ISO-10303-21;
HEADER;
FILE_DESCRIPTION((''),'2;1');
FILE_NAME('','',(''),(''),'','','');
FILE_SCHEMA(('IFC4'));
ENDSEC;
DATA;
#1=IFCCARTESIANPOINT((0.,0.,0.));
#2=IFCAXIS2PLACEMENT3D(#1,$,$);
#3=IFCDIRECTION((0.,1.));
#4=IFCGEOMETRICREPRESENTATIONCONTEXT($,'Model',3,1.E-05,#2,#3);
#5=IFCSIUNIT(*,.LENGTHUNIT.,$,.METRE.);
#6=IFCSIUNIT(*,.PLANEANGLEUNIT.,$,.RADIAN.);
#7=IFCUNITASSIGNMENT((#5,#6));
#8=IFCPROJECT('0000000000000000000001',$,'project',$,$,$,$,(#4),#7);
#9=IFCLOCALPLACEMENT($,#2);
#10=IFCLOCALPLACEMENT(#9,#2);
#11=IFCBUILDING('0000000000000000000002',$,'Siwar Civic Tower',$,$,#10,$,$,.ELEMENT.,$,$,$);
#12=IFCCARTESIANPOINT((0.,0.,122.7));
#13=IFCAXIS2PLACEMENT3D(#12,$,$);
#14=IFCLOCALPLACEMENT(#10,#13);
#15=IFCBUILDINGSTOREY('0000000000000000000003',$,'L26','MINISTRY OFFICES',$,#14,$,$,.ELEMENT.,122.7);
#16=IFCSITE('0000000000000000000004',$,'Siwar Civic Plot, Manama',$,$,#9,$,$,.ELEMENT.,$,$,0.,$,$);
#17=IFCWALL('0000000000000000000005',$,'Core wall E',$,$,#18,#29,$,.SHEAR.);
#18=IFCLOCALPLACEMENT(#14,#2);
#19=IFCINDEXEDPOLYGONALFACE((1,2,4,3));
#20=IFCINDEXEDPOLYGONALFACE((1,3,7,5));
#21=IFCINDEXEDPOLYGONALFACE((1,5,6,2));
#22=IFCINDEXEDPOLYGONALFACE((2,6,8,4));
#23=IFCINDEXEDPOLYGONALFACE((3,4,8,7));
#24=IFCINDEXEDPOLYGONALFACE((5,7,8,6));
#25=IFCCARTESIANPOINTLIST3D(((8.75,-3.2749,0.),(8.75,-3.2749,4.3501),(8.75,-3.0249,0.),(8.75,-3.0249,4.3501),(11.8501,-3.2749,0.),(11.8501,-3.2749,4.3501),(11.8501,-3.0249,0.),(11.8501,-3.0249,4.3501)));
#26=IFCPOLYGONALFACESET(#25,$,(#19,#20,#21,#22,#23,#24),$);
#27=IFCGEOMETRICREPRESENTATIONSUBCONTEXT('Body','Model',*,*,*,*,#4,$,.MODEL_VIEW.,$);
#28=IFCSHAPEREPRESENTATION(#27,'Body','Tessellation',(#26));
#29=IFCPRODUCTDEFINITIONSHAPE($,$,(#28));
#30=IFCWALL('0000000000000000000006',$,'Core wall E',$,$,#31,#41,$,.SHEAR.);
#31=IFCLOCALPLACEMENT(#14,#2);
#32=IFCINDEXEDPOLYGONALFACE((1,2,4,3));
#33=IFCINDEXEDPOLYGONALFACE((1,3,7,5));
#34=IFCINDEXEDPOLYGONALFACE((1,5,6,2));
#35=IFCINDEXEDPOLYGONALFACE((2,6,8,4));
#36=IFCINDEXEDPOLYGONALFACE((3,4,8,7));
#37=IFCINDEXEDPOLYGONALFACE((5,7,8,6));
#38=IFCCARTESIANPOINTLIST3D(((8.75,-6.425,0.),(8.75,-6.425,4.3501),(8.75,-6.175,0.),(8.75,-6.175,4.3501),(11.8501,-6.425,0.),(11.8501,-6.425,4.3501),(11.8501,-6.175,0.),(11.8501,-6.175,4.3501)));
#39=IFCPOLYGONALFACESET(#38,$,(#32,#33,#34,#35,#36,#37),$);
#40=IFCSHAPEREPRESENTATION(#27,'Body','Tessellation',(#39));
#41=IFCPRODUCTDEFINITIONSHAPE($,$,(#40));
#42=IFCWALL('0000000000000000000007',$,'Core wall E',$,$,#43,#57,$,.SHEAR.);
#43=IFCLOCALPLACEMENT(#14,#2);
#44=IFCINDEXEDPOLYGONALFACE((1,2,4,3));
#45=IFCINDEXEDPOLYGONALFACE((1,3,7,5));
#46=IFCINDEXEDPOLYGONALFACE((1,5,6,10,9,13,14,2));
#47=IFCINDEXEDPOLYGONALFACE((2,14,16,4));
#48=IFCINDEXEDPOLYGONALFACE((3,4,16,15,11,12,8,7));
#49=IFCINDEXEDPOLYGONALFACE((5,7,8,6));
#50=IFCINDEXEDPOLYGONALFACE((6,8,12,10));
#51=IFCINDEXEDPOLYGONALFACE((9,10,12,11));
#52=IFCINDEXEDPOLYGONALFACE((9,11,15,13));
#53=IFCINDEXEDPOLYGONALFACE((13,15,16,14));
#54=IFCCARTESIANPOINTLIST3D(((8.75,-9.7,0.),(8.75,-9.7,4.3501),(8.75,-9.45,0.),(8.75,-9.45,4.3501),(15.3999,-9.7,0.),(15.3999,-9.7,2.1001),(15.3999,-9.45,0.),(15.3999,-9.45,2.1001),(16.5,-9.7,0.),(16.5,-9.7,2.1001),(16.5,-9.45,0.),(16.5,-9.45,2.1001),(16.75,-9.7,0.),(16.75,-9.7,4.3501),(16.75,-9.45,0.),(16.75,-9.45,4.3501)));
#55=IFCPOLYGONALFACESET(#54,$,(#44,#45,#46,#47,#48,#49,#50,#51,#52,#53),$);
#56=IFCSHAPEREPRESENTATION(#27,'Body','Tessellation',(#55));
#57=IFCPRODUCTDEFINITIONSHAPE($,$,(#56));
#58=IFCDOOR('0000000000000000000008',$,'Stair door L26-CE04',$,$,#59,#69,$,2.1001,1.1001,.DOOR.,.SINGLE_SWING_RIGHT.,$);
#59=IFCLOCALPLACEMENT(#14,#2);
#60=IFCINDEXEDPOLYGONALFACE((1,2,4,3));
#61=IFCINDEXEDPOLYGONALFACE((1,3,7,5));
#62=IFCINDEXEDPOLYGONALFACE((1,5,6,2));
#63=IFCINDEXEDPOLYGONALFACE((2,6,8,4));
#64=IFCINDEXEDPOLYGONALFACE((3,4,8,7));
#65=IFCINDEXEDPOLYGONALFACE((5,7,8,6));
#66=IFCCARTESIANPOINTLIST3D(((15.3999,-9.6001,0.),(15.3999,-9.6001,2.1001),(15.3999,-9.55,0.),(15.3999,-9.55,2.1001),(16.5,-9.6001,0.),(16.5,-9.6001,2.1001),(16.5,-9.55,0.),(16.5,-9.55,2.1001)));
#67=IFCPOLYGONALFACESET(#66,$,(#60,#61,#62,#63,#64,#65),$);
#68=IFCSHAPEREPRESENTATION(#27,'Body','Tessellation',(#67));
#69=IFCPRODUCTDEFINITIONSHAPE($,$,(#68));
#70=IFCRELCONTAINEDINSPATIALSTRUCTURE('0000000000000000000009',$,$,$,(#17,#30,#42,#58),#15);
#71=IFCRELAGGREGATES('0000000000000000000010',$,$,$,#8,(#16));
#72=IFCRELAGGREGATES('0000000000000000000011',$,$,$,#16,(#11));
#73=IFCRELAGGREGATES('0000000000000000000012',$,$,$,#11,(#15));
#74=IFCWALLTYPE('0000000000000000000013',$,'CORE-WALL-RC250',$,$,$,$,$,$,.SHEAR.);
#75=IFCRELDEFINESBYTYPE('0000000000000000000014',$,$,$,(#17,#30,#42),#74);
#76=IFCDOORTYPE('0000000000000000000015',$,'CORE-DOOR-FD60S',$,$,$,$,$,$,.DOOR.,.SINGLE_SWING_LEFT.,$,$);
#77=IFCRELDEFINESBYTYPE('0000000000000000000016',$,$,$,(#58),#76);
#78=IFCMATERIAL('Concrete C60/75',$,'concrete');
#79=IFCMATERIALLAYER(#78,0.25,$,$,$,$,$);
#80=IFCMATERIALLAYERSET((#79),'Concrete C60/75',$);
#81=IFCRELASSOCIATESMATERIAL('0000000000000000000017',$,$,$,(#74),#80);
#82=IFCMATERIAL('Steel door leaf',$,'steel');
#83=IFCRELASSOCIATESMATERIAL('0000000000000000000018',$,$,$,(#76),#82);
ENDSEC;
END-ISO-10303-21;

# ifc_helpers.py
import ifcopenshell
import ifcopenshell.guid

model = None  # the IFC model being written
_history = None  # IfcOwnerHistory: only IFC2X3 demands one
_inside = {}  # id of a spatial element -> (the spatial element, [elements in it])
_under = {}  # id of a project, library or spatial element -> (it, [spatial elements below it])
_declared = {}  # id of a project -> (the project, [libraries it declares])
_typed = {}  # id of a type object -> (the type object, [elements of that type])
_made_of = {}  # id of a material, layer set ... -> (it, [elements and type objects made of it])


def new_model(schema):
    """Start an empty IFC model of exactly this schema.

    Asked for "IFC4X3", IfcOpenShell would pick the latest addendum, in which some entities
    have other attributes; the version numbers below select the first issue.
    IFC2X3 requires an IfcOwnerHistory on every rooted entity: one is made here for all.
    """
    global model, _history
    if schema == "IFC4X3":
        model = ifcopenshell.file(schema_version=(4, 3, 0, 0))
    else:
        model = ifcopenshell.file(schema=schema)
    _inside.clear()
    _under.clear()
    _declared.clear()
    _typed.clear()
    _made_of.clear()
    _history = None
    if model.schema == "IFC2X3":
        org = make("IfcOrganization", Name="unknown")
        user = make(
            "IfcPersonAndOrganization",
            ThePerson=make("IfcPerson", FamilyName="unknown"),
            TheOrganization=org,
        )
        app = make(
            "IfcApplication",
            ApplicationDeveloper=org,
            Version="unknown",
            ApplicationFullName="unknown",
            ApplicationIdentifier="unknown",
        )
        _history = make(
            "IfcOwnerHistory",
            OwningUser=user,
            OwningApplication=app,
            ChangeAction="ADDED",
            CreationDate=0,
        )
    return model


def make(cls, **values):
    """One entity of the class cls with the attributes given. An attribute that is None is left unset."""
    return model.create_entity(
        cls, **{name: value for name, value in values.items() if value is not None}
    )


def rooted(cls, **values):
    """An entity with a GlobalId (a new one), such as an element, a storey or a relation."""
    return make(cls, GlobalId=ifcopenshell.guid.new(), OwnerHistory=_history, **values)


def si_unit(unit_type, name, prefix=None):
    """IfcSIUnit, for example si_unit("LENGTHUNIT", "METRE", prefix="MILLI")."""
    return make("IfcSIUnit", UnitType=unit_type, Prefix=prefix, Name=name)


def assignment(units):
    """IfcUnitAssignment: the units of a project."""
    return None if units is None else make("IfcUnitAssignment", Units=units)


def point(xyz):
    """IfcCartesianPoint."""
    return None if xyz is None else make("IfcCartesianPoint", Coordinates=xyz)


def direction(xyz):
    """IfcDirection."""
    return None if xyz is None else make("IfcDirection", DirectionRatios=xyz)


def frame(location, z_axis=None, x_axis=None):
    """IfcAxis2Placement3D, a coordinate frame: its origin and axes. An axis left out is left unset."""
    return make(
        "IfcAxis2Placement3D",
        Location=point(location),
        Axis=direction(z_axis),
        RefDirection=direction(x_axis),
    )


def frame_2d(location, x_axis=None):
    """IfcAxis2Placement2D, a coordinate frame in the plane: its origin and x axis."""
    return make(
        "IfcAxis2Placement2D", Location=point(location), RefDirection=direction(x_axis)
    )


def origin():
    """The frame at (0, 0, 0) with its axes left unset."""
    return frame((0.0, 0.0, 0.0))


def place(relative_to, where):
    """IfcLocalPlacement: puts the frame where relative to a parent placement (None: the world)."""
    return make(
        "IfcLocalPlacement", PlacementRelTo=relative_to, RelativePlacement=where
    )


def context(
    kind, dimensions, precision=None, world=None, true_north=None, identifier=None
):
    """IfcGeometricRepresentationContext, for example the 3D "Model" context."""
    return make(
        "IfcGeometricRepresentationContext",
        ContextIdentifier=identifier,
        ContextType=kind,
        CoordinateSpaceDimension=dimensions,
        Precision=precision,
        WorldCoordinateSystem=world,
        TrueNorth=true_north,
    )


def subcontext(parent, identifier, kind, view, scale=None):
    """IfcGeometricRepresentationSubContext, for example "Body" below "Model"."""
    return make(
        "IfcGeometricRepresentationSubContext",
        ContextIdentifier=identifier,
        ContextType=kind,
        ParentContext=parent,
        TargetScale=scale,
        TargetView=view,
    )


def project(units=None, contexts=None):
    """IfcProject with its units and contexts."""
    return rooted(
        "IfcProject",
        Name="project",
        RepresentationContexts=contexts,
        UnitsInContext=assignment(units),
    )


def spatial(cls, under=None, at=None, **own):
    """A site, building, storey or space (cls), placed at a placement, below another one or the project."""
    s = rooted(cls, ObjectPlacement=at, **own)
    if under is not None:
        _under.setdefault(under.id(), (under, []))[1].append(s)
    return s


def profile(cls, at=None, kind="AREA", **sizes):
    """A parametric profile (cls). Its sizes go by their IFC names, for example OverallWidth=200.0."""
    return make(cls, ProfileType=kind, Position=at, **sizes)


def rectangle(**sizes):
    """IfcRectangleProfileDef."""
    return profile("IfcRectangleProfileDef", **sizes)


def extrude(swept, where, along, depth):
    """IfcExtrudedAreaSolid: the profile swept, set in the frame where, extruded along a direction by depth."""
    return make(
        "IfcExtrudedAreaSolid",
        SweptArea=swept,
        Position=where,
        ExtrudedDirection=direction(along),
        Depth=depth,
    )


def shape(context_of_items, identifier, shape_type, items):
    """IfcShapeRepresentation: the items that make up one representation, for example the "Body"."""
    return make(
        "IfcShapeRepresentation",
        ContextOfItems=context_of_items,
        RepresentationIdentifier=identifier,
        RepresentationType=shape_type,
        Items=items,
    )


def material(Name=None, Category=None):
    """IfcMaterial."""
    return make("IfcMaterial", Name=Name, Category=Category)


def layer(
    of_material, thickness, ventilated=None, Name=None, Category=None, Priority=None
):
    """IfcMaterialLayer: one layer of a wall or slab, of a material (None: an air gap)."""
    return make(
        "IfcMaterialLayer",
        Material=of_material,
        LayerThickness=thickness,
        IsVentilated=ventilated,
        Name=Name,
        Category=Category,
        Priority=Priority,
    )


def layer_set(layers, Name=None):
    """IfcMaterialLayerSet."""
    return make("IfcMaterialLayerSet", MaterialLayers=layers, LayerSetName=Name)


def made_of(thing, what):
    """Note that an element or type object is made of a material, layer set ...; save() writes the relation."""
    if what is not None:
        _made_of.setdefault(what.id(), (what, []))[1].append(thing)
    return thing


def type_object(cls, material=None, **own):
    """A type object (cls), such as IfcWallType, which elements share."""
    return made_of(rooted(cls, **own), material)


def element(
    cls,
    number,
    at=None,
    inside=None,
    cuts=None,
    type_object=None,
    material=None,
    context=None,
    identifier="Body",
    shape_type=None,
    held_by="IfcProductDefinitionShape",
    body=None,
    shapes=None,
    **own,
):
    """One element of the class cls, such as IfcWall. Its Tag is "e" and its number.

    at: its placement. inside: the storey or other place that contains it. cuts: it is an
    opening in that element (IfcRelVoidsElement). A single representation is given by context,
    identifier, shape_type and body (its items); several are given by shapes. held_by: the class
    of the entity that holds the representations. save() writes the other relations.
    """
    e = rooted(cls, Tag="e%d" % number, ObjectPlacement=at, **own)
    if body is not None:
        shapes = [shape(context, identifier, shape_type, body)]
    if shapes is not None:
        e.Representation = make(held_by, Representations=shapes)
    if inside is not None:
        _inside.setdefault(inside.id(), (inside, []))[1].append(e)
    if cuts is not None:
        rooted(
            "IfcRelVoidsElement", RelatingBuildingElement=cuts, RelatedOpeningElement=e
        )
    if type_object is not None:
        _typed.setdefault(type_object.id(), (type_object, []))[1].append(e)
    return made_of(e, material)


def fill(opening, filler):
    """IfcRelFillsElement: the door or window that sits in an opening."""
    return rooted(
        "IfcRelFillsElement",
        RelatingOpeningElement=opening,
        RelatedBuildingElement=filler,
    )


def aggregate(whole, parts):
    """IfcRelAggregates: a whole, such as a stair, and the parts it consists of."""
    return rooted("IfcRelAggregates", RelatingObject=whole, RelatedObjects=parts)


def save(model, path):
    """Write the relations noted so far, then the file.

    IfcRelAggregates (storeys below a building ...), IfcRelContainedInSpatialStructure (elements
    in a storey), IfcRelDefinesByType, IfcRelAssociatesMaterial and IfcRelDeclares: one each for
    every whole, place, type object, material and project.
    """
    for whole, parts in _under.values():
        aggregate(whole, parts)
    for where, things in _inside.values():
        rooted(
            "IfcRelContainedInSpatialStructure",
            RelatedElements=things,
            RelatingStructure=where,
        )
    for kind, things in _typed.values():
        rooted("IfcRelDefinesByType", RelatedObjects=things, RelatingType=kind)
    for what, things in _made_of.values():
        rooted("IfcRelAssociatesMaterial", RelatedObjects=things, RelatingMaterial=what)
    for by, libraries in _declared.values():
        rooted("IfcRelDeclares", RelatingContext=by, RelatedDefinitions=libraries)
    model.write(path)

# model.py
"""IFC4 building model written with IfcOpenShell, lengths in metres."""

from ifc_helpers import new_model, si_unit, direction, frame, frame_2d, origin, place, context, subcontext, project, spatial, rectangle, extrude, material, layer, layer_set, type_object, element, fill, save


model = new_model("IFC4")

# Units and contexts
model_context = context("Model", 3, precision=1e-05, world=origin(), true_north=direction((0.0, 1.0)))
body_context = subcontext(model_context, "Body", "Model", "MODEL_VIEW")
ifc_project = project(units=[si_unit("LENGTHUNIT", "METRE"), si_unit("PLANEANGLEUNIT", "RADIAN")], contexts=[model_context])

# Site, building, storey
site_placement = place(None, origin())
site = spatial("IfcSite", under=ifc_project, at=site_placement, Name="Siwar Civic Plot, Manama", CompositionType="ELEMENT", RefElevation=0.0)
building_placement = place(site_placement, origin())
building = spatial("IfcBuilding", under=site, at=building_placement, Name="Siwar Civic Tower", CompositionType="ELEMENT")
storey_placement = place(building_placement, frame((0.0, 0.0, 122.7)))
storey = spatial("IfcBuildingStorey", under=building, at=storey_placement, Name="L26", Description="MINISTRY OFFICES", CompositionType="ELEMENT", Elevation=122.7)

# Shared definitions
ifc_material_1 = material(Name="Concrete C60/75", Category="concrete")
ifc_layer_1 = layer(ifc_material_1, 0.25)
ifc_layer_set_1 = layer_set([ifc_layer_1], Name="Concrete C60/75")
wall_type_1 = type_object("IfcWallType", Name="CORE-WALL-RC250", PredefinedType="SHEAR", material=ifc_layer_set_1)

# Walls
for number, where, z_axis, x_axis, name in (
    (1, (8.75, -3.1499, 0.0), (0.0, 0.0, 1.0), (1.0, 0.0, 0.0), "Core wall E"),
    (2, (8.75, -6.3, 0.0), (0.0, 0.0, 1.0), (1.0, 0.0, 0.0), "Core wall E"),
):
    element("IfcWall", number, at=place(storey_placement, frame(where, z_axis=z_axis, x_axis=x_axis)), inside=storey, type_object=wall_type_1, Name=name, PredefinedType="SHEAR", context=body_context, shape_type="SweptSolid", body=[
        extrude(rectangle(XDim=3.1001, YDim=0.25, at=frame_2d((1.55, 0.0))), origin(), (0.0, 0.0, 1.0), 4.3501),
    ])

# Wall, opening, door
wall_1_placement = place(storey_placement, frame((8.75, -9.575, 0.0), z_axis=(0.0, 0.0, 1.0), x_axis=(1.0, 0.0, 0.0)))
wall_1 = element("IfcWall", 3, at=wall_1_placement, inside=storey, type_object=wall_type_1, Name="Core wall E", PredefinedType="SHEAR", context=body_context, shape_type="SweptSolid", body=[
    extrude(rectangle(XDim=8.0, YDim=0.25, at=frame_2d((4.0, 0.0))), origin(), (0.0, 0.0, 1.0), 4.3501),
])
opening_1_placement = place(wall_1_placement, frame((6.6499, 0.0, 0.0)))
opening_1 = element("IfcOpeningElement", 4, at=opening_1_placement, cuts=wall_1, PredefinedType="OPENING", context=body_context, shape_type="SweptSolid", body=[
    extrude(rectangle(XDim=1.1001, YDim=2.1001, at=frame_2d((0.55, 1.05))), frame((0.0, 0.135, 0.0), z_axis=(0.0, -1.0, 0.0), x_axis=(1.0, 0.0, 0.0)), (0.0, 0.0, 1.0), 0.27),
])
ifc_material_2 = material(Name="Steel door leaf", Category="steel")
door_type_1 = type_object("IfcDoorType", Name="CORE-DOOR-FD60S", OperationType="SINGLE_SWING_LEFT", PredefinedType="DOOR", material=ifc_material_2)
door_1_placement = place(opening_1_placement, origin())
door_1 = element("IfcDoor", 5, at=door_1_placement, inside=storey, type_object=door_type_1, Name="Stair door L26-CE04", OperationType="SINGLE_SWING_RIGHT", OverallHeight=2.1001, OverallWidth=1.1001, PredefinedType="DOOR", context=body_context, shape_type="SweptSolid", body=[
    extrude(rectangle(XDim=1.1001, YDim=2.1001, at=frame_2d((0.55, 1.05))), frame((0.0, 0.0249, 0.0), z_axis=(0.0, -1.0, 0.0), x_axis=(1.0, 0.0, 0.0)), (0.0, 0.0, 1.0), 0.05),
])
fill(opening_1, door_1)

save(model, "model.ifc")
